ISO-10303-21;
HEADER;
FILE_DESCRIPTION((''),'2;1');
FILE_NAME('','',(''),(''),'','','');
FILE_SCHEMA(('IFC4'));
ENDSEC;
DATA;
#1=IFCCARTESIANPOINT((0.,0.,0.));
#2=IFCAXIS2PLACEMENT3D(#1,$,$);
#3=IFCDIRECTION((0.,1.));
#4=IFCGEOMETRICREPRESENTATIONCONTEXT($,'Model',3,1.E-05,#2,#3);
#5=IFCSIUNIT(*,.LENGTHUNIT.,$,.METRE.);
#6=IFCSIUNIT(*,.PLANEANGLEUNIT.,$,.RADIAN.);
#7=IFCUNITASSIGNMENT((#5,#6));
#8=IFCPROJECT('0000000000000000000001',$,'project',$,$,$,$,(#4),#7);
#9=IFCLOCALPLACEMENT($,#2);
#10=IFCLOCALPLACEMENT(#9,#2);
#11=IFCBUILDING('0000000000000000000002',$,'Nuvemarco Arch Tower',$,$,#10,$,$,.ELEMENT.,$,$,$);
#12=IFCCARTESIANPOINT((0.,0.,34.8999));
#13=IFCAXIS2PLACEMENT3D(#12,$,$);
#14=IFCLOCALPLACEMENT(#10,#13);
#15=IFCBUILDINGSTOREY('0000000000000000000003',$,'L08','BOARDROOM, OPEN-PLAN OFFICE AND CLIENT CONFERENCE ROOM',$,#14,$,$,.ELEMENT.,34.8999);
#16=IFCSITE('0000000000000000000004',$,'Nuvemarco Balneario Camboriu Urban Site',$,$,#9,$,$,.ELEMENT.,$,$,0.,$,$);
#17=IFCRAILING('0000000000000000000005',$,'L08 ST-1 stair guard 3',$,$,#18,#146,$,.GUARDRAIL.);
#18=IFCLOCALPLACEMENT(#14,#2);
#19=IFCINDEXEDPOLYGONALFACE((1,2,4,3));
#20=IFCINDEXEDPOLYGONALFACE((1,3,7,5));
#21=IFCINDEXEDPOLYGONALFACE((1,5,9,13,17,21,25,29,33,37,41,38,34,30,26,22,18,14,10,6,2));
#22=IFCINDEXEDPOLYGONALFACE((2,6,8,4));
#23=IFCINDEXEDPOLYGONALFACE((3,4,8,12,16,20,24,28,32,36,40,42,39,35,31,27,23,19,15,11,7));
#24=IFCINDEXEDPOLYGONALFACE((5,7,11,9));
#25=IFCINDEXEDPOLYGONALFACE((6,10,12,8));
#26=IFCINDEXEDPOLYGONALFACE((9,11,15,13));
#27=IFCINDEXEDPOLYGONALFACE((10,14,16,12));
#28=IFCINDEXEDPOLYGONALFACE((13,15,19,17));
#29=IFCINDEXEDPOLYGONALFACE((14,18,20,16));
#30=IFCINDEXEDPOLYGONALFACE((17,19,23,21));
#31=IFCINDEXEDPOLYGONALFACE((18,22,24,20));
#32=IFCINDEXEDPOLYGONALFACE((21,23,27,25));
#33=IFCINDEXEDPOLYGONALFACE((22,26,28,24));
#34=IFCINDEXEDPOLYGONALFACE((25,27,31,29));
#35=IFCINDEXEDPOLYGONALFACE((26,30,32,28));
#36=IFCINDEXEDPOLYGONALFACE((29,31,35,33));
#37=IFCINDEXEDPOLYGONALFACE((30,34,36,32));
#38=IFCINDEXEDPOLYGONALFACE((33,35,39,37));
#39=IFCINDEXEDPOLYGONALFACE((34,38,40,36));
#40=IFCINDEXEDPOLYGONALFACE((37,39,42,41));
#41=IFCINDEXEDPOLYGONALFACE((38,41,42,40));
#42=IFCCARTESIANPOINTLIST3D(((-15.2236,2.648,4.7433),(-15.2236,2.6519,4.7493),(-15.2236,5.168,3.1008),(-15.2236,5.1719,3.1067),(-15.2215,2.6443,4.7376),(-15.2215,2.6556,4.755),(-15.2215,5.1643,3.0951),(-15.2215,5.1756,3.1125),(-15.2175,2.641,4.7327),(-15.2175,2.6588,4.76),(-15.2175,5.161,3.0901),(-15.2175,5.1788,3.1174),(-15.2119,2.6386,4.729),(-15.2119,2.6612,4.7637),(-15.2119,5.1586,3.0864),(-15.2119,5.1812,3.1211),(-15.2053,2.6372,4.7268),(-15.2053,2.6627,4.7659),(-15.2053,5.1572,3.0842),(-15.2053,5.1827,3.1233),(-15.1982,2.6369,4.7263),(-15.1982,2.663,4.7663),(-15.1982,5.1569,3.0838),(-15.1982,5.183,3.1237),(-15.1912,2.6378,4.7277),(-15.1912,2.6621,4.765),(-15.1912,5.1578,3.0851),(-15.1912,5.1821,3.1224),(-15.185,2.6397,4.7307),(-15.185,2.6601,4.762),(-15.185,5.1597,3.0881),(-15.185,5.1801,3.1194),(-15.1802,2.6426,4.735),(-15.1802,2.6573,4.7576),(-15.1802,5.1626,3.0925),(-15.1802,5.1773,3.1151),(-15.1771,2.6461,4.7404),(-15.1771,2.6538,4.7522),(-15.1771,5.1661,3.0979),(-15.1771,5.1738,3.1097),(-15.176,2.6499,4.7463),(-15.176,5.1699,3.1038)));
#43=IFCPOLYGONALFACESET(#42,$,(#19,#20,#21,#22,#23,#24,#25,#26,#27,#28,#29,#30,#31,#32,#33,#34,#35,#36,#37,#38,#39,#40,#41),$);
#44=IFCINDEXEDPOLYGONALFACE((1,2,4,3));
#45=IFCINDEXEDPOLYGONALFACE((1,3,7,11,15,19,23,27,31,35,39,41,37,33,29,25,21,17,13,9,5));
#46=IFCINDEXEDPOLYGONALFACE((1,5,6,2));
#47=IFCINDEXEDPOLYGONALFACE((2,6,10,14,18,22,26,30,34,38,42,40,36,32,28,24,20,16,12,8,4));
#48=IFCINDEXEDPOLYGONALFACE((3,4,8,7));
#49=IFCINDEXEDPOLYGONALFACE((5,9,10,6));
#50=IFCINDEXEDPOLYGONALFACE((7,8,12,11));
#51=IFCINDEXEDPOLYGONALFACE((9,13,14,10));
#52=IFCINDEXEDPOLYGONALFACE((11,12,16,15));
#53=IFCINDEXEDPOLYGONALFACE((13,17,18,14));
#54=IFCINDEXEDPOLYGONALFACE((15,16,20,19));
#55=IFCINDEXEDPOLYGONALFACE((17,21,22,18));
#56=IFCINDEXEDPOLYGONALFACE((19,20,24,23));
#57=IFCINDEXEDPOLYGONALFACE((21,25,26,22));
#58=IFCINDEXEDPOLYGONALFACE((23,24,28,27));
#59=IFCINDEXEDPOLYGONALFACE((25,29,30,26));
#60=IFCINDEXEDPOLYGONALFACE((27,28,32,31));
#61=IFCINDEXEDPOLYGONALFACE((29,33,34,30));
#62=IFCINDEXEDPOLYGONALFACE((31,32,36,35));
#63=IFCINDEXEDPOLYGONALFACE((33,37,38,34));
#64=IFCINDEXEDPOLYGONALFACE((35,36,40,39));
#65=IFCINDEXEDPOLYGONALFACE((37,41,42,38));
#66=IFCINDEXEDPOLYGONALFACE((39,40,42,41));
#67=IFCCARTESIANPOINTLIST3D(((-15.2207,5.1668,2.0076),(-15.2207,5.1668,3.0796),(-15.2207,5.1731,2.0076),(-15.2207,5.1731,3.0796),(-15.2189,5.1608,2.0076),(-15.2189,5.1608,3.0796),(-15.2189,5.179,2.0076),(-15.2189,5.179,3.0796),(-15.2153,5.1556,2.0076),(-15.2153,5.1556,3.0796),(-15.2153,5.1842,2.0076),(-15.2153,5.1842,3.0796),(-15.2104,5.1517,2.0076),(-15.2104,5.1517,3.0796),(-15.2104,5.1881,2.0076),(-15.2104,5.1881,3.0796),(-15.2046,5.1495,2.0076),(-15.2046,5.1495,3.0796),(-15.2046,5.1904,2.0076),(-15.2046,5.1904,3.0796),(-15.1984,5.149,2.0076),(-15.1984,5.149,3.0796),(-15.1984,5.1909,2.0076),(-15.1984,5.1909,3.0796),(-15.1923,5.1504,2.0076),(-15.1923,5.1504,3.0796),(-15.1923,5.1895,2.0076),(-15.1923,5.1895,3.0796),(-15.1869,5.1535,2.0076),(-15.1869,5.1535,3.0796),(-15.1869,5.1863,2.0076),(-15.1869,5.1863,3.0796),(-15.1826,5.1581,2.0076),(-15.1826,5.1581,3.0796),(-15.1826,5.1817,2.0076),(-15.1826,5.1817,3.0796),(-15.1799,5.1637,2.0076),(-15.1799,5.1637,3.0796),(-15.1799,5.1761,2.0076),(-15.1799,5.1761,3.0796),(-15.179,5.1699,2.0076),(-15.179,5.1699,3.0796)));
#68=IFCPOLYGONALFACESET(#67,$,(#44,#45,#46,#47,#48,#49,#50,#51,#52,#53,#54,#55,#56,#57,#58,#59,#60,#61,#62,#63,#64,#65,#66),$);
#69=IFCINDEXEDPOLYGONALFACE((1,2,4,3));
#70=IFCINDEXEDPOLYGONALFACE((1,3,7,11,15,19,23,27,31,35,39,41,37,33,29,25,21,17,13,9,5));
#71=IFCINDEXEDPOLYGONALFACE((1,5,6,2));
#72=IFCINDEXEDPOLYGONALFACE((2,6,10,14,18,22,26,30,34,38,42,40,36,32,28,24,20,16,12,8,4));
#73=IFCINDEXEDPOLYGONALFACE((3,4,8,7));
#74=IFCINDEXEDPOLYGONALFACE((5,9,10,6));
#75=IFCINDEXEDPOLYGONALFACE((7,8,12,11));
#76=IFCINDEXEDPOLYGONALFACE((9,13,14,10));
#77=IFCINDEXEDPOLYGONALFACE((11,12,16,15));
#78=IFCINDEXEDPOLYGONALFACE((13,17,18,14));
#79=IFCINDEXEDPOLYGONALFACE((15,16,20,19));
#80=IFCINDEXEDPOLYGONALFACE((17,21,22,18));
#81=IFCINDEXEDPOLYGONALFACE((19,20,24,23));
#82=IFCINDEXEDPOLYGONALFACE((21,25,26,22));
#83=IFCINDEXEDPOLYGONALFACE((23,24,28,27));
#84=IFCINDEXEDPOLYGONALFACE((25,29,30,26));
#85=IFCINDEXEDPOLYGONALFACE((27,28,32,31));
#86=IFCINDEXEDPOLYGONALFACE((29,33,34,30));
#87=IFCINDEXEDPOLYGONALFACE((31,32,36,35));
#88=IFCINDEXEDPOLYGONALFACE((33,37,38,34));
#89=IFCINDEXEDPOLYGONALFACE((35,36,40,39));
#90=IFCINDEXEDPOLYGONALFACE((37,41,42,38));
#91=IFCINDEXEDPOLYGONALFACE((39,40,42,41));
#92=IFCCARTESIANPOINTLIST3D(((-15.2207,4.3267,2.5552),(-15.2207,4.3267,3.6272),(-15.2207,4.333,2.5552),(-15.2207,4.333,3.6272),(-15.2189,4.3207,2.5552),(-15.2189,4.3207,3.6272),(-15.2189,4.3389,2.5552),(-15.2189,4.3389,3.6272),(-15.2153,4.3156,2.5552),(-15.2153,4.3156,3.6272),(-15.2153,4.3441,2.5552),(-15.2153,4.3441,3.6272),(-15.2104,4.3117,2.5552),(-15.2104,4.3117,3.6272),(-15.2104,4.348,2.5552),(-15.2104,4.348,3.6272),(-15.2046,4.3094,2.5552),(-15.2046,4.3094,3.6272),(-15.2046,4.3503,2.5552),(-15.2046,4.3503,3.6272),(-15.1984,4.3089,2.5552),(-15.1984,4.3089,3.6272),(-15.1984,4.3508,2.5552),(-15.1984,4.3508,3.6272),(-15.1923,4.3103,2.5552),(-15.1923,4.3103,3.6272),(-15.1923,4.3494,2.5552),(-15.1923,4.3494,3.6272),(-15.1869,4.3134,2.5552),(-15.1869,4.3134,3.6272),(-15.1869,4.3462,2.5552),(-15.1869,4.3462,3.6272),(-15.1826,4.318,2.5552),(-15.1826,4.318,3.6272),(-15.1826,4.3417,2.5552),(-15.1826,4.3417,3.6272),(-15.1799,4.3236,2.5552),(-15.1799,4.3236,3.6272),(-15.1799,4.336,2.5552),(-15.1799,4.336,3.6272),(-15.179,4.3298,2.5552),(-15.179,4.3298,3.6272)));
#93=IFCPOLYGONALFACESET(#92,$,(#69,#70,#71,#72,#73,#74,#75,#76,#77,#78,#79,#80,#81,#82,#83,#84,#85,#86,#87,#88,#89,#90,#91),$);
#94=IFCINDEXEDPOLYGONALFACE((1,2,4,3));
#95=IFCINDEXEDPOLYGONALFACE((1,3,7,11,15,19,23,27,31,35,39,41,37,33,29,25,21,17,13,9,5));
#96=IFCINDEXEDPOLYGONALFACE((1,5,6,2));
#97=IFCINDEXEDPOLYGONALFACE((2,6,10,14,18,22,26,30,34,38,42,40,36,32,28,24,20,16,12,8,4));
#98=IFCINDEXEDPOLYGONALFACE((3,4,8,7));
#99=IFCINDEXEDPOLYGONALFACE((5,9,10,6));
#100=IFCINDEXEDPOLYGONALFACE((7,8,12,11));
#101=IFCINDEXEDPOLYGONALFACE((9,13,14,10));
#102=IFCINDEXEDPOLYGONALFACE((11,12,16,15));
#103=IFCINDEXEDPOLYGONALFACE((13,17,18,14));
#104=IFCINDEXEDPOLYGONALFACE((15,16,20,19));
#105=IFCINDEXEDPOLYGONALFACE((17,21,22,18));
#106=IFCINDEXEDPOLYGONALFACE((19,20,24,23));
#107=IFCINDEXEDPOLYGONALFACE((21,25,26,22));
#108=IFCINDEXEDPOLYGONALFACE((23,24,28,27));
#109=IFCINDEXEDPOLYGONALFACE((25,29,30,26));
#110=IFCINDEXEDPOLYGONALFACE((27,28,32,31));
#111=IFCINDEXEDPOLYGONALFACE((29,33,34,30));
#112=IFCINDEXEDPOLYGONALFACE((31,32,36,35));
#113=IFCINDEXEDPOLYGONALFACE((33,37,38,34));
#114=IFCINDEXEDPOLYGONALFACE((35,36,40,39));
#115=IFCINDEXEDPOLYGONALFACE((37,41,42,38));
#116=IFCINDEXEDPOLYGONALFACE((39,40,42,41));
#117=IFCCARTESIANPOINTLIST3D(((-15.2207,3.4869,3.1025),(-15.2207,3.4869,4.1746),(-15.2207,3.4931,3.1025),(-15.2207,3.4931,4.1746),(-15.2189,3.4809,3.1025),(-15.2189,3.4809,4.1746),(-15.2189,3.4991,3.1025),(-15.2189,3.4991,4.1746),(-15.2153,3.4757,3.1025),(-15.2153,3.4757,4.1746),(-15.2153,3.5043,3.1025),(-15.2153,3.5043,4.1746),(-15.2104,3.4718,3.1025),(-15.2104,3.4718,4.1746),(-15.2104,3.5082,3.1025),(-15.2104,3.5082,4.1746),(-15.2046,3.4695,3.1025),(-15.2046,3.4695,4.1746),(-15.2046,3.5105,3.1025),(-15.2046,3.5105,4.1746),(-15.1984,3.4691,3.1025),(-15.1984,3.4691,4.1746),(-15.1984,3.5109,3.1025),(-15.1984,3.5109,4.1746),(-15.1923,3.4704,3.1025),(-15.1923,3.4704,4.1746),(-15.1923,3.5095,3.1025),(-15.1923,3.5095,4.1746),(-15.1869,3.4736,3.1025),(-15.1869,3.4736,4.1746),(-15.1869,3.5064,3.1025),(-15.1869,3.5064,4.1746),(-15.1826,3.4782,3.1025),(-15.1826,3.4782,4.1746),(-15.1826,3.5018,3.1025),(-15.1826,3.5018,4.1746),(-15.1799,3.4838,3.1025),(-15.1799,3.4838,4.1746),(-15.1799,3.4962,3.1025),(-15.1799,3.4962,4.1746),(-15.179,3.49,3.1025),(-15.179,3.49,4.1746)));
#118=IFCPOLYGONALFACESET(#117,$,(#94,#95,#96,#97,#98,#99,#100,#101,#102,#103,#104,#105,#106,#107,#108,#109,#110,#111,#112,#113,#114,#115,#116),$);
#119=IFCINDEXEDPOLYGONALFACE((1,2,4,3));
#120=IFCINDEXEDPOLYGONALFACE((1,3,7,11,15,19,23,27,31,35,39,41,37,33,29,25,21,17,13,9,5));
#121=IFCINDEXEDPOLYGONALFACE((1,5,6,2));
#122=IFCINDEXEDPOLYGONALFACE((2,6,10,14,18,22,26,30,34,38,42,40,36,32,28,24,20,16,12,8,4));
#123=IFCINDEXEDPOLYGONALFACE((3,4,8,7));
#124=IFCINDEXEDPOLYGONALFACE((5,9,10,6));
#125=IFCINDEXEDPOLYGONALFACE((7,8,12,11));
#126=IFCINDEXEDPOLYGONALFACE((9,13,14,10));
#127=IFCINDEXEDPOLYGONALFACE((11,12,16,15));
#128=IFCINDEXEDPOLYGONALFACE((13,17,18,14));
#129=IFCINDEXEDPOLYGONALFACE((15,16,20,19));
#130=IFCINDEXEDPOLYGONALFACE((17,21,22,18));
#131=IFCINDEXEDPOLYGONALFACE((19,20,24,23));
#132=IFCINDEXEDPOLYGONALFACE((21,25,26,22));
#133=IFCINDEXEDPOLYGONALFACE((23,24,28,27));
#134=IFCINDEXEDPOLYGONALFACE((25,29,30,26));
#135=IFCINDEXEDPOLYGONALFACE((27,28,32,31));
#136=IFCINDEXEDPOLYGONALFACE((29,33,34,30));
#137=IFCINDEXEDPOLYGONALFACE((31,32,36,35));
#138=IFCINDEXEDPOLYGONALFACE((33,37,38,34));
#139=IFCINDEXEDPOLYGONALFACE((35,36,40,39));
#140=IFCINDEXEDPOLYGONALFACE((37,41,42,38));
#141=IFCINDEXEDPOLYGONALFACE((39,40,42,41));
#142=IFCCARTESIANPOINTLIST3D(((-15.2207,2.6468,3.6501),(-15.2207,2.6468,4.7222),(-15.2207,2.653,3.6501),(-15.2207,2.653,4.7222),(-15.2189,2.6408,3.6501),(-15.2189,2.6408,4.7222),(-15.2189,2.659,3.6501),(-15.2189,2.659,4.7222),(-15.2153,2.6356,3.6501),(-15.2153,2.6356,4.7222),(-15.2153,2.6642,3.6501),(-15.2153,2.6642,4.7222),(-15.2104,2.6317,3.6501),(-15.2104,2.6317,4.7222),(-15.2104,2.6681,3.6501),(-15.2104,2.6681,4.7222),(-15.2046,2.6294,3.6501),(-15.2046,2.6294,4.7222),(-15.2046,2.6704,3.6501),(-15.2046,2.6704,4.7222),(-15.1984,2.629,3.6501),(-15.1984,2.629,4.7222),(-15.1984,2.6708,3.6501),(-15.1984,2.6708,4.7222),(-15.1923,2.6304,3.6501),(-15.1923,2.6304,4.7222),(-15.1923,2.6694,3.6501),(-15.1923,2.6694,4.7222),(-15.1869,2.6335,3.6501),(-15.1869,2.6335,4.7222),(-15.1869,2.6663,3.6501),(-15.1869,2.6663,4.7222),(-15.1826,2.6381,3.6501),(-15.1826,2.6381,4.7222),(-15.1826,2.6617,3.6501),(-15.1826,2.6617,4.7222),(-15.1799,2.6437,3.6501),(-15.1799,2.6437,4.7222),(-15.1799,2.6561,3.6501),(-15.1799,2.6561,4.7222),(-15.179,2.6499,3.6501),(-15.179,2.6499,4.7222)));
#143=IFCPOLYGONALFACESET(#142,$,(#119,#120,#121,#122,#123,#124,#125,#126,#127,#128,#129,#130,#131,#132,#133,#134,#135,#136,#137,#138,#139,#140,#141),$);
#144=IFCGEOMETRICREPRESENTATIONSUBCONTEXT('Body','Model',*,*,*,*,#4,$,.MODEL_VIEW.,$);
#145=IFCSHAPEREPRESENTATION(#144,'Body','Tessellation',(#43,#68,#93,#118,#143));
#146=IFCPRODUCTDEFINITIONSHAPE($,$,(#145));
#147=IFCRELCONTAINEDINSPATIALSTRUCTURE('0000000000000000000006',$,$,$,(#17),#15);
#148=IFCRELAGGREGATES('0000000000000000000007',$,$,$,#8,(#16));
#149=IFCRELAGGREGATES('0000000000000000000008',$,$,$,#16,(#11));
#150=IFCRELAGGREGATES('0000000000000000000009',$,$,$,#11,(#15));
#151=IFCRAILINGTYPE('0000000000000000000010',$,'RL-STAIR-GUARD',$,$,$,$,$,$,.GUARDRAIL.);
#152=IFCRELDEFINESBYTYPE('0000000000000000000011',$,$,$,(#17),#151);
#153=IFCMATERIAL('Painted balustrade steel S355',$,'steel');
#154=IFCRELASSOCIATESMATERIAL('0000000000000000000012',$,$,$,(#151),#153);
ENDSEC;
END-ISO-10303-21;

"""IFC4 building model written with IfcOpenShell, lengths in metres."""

from ifc_helpers import new_model, si_unit, direction, frame, origin, origin_2d, place, context, subcontext, project, spatial, circle, extrude, material, type_object, element, save


model = new_model("IFC4")

# Units and contexts
model_context = context("Model", 3, precision=1e-05, world=origin(), true_north=direction((0.0, 1.0)))
body_context = subcontext(model_context, "Body", "Model", "MODEL_VIEW")
ifc_project = project(units=[si_unit("LENGTHUNIT", "METRE"), si_unit("PLANEANGLEUNIT", "RADIAN")], contexts=[model_context])

# Site, building, storey
site_placement = place(None, origin())
site = spatial("IfcSite", under=ifc_project, at=site_placement, Name="Nuvemarco Balneario Camboriu Urban Site", CompositionType="ELEMENT", RefElevation=0.0)
building_placement = place(site_placement, origin())
building = spatial("IfcBuilding", under=site, at=building_placement, Name="Nuvemarco Arch Tower", CompositionType="ELEMENT")
storey_placement = place(building_placement, frame((0.0, 0.0, 34.8999)))
storey = spatial("IfcBuildingStorey", under=building, at=storey_placement, Name="L08", Description="BOARDROOM, OPEN-PLAN OFFICE AND CLIENT CONFERENCE ROOM", CompositionType="ELEMENT", Elevation=34.8999)

# Railing
ifc_material_1 = material(Name="Painted balustrade steel S355", Category="steel")
railing_type_1 = type_object("IfcRailingType", Name="RL-STAIR-GUARD", PredefinedType="GUARDRAIL", material=ifc_material_1)
railing_1_placement = place(storey_placement, frame((-15.2, 5.1699, 2.0076)))
element("IfcRailing", 1, at=railing_1_placement, inside=storey, type_object=railing_type_1, Name="L08 ST-1 stair guard 3", PredefinedType="GUARDRAIL", context=body_context, shape_type="SweptSolid", body=[
    extrude(circle(Radius=0.0239, at=origin_2d()), frame((0.0, 0.0, 1.0962), z_axis=(0.0, -0.837749, 0.546055), x_axis=(1.0, 0.0, 0.0)), (0.0, 0.0, 1.0), 3.0081),
    extrude(circle(Radius=0.021, at=origin_2d()), origin(), (0.0, 0.0, 1.0), 1.072),
    extrude(circle(Radius=0.021, at=origin_2d()), frame((0.0, -0.8401, 0.5476)), (0.0, 0.0, 1.0), 1.072),
    extrude(circle(Radius=0.021, at=origin_2d()), frame((0.0, -1.6799, 1.095)), (0.0, 0.0, 1.0), 1.072),
    extrude(circle(Radius=0.021, at=origin_2d()), frame((0.0, -2.52, 1.6426)), (0.0, 0.0, 1.0), 1.072),
])

save(model, "model.ifc")
